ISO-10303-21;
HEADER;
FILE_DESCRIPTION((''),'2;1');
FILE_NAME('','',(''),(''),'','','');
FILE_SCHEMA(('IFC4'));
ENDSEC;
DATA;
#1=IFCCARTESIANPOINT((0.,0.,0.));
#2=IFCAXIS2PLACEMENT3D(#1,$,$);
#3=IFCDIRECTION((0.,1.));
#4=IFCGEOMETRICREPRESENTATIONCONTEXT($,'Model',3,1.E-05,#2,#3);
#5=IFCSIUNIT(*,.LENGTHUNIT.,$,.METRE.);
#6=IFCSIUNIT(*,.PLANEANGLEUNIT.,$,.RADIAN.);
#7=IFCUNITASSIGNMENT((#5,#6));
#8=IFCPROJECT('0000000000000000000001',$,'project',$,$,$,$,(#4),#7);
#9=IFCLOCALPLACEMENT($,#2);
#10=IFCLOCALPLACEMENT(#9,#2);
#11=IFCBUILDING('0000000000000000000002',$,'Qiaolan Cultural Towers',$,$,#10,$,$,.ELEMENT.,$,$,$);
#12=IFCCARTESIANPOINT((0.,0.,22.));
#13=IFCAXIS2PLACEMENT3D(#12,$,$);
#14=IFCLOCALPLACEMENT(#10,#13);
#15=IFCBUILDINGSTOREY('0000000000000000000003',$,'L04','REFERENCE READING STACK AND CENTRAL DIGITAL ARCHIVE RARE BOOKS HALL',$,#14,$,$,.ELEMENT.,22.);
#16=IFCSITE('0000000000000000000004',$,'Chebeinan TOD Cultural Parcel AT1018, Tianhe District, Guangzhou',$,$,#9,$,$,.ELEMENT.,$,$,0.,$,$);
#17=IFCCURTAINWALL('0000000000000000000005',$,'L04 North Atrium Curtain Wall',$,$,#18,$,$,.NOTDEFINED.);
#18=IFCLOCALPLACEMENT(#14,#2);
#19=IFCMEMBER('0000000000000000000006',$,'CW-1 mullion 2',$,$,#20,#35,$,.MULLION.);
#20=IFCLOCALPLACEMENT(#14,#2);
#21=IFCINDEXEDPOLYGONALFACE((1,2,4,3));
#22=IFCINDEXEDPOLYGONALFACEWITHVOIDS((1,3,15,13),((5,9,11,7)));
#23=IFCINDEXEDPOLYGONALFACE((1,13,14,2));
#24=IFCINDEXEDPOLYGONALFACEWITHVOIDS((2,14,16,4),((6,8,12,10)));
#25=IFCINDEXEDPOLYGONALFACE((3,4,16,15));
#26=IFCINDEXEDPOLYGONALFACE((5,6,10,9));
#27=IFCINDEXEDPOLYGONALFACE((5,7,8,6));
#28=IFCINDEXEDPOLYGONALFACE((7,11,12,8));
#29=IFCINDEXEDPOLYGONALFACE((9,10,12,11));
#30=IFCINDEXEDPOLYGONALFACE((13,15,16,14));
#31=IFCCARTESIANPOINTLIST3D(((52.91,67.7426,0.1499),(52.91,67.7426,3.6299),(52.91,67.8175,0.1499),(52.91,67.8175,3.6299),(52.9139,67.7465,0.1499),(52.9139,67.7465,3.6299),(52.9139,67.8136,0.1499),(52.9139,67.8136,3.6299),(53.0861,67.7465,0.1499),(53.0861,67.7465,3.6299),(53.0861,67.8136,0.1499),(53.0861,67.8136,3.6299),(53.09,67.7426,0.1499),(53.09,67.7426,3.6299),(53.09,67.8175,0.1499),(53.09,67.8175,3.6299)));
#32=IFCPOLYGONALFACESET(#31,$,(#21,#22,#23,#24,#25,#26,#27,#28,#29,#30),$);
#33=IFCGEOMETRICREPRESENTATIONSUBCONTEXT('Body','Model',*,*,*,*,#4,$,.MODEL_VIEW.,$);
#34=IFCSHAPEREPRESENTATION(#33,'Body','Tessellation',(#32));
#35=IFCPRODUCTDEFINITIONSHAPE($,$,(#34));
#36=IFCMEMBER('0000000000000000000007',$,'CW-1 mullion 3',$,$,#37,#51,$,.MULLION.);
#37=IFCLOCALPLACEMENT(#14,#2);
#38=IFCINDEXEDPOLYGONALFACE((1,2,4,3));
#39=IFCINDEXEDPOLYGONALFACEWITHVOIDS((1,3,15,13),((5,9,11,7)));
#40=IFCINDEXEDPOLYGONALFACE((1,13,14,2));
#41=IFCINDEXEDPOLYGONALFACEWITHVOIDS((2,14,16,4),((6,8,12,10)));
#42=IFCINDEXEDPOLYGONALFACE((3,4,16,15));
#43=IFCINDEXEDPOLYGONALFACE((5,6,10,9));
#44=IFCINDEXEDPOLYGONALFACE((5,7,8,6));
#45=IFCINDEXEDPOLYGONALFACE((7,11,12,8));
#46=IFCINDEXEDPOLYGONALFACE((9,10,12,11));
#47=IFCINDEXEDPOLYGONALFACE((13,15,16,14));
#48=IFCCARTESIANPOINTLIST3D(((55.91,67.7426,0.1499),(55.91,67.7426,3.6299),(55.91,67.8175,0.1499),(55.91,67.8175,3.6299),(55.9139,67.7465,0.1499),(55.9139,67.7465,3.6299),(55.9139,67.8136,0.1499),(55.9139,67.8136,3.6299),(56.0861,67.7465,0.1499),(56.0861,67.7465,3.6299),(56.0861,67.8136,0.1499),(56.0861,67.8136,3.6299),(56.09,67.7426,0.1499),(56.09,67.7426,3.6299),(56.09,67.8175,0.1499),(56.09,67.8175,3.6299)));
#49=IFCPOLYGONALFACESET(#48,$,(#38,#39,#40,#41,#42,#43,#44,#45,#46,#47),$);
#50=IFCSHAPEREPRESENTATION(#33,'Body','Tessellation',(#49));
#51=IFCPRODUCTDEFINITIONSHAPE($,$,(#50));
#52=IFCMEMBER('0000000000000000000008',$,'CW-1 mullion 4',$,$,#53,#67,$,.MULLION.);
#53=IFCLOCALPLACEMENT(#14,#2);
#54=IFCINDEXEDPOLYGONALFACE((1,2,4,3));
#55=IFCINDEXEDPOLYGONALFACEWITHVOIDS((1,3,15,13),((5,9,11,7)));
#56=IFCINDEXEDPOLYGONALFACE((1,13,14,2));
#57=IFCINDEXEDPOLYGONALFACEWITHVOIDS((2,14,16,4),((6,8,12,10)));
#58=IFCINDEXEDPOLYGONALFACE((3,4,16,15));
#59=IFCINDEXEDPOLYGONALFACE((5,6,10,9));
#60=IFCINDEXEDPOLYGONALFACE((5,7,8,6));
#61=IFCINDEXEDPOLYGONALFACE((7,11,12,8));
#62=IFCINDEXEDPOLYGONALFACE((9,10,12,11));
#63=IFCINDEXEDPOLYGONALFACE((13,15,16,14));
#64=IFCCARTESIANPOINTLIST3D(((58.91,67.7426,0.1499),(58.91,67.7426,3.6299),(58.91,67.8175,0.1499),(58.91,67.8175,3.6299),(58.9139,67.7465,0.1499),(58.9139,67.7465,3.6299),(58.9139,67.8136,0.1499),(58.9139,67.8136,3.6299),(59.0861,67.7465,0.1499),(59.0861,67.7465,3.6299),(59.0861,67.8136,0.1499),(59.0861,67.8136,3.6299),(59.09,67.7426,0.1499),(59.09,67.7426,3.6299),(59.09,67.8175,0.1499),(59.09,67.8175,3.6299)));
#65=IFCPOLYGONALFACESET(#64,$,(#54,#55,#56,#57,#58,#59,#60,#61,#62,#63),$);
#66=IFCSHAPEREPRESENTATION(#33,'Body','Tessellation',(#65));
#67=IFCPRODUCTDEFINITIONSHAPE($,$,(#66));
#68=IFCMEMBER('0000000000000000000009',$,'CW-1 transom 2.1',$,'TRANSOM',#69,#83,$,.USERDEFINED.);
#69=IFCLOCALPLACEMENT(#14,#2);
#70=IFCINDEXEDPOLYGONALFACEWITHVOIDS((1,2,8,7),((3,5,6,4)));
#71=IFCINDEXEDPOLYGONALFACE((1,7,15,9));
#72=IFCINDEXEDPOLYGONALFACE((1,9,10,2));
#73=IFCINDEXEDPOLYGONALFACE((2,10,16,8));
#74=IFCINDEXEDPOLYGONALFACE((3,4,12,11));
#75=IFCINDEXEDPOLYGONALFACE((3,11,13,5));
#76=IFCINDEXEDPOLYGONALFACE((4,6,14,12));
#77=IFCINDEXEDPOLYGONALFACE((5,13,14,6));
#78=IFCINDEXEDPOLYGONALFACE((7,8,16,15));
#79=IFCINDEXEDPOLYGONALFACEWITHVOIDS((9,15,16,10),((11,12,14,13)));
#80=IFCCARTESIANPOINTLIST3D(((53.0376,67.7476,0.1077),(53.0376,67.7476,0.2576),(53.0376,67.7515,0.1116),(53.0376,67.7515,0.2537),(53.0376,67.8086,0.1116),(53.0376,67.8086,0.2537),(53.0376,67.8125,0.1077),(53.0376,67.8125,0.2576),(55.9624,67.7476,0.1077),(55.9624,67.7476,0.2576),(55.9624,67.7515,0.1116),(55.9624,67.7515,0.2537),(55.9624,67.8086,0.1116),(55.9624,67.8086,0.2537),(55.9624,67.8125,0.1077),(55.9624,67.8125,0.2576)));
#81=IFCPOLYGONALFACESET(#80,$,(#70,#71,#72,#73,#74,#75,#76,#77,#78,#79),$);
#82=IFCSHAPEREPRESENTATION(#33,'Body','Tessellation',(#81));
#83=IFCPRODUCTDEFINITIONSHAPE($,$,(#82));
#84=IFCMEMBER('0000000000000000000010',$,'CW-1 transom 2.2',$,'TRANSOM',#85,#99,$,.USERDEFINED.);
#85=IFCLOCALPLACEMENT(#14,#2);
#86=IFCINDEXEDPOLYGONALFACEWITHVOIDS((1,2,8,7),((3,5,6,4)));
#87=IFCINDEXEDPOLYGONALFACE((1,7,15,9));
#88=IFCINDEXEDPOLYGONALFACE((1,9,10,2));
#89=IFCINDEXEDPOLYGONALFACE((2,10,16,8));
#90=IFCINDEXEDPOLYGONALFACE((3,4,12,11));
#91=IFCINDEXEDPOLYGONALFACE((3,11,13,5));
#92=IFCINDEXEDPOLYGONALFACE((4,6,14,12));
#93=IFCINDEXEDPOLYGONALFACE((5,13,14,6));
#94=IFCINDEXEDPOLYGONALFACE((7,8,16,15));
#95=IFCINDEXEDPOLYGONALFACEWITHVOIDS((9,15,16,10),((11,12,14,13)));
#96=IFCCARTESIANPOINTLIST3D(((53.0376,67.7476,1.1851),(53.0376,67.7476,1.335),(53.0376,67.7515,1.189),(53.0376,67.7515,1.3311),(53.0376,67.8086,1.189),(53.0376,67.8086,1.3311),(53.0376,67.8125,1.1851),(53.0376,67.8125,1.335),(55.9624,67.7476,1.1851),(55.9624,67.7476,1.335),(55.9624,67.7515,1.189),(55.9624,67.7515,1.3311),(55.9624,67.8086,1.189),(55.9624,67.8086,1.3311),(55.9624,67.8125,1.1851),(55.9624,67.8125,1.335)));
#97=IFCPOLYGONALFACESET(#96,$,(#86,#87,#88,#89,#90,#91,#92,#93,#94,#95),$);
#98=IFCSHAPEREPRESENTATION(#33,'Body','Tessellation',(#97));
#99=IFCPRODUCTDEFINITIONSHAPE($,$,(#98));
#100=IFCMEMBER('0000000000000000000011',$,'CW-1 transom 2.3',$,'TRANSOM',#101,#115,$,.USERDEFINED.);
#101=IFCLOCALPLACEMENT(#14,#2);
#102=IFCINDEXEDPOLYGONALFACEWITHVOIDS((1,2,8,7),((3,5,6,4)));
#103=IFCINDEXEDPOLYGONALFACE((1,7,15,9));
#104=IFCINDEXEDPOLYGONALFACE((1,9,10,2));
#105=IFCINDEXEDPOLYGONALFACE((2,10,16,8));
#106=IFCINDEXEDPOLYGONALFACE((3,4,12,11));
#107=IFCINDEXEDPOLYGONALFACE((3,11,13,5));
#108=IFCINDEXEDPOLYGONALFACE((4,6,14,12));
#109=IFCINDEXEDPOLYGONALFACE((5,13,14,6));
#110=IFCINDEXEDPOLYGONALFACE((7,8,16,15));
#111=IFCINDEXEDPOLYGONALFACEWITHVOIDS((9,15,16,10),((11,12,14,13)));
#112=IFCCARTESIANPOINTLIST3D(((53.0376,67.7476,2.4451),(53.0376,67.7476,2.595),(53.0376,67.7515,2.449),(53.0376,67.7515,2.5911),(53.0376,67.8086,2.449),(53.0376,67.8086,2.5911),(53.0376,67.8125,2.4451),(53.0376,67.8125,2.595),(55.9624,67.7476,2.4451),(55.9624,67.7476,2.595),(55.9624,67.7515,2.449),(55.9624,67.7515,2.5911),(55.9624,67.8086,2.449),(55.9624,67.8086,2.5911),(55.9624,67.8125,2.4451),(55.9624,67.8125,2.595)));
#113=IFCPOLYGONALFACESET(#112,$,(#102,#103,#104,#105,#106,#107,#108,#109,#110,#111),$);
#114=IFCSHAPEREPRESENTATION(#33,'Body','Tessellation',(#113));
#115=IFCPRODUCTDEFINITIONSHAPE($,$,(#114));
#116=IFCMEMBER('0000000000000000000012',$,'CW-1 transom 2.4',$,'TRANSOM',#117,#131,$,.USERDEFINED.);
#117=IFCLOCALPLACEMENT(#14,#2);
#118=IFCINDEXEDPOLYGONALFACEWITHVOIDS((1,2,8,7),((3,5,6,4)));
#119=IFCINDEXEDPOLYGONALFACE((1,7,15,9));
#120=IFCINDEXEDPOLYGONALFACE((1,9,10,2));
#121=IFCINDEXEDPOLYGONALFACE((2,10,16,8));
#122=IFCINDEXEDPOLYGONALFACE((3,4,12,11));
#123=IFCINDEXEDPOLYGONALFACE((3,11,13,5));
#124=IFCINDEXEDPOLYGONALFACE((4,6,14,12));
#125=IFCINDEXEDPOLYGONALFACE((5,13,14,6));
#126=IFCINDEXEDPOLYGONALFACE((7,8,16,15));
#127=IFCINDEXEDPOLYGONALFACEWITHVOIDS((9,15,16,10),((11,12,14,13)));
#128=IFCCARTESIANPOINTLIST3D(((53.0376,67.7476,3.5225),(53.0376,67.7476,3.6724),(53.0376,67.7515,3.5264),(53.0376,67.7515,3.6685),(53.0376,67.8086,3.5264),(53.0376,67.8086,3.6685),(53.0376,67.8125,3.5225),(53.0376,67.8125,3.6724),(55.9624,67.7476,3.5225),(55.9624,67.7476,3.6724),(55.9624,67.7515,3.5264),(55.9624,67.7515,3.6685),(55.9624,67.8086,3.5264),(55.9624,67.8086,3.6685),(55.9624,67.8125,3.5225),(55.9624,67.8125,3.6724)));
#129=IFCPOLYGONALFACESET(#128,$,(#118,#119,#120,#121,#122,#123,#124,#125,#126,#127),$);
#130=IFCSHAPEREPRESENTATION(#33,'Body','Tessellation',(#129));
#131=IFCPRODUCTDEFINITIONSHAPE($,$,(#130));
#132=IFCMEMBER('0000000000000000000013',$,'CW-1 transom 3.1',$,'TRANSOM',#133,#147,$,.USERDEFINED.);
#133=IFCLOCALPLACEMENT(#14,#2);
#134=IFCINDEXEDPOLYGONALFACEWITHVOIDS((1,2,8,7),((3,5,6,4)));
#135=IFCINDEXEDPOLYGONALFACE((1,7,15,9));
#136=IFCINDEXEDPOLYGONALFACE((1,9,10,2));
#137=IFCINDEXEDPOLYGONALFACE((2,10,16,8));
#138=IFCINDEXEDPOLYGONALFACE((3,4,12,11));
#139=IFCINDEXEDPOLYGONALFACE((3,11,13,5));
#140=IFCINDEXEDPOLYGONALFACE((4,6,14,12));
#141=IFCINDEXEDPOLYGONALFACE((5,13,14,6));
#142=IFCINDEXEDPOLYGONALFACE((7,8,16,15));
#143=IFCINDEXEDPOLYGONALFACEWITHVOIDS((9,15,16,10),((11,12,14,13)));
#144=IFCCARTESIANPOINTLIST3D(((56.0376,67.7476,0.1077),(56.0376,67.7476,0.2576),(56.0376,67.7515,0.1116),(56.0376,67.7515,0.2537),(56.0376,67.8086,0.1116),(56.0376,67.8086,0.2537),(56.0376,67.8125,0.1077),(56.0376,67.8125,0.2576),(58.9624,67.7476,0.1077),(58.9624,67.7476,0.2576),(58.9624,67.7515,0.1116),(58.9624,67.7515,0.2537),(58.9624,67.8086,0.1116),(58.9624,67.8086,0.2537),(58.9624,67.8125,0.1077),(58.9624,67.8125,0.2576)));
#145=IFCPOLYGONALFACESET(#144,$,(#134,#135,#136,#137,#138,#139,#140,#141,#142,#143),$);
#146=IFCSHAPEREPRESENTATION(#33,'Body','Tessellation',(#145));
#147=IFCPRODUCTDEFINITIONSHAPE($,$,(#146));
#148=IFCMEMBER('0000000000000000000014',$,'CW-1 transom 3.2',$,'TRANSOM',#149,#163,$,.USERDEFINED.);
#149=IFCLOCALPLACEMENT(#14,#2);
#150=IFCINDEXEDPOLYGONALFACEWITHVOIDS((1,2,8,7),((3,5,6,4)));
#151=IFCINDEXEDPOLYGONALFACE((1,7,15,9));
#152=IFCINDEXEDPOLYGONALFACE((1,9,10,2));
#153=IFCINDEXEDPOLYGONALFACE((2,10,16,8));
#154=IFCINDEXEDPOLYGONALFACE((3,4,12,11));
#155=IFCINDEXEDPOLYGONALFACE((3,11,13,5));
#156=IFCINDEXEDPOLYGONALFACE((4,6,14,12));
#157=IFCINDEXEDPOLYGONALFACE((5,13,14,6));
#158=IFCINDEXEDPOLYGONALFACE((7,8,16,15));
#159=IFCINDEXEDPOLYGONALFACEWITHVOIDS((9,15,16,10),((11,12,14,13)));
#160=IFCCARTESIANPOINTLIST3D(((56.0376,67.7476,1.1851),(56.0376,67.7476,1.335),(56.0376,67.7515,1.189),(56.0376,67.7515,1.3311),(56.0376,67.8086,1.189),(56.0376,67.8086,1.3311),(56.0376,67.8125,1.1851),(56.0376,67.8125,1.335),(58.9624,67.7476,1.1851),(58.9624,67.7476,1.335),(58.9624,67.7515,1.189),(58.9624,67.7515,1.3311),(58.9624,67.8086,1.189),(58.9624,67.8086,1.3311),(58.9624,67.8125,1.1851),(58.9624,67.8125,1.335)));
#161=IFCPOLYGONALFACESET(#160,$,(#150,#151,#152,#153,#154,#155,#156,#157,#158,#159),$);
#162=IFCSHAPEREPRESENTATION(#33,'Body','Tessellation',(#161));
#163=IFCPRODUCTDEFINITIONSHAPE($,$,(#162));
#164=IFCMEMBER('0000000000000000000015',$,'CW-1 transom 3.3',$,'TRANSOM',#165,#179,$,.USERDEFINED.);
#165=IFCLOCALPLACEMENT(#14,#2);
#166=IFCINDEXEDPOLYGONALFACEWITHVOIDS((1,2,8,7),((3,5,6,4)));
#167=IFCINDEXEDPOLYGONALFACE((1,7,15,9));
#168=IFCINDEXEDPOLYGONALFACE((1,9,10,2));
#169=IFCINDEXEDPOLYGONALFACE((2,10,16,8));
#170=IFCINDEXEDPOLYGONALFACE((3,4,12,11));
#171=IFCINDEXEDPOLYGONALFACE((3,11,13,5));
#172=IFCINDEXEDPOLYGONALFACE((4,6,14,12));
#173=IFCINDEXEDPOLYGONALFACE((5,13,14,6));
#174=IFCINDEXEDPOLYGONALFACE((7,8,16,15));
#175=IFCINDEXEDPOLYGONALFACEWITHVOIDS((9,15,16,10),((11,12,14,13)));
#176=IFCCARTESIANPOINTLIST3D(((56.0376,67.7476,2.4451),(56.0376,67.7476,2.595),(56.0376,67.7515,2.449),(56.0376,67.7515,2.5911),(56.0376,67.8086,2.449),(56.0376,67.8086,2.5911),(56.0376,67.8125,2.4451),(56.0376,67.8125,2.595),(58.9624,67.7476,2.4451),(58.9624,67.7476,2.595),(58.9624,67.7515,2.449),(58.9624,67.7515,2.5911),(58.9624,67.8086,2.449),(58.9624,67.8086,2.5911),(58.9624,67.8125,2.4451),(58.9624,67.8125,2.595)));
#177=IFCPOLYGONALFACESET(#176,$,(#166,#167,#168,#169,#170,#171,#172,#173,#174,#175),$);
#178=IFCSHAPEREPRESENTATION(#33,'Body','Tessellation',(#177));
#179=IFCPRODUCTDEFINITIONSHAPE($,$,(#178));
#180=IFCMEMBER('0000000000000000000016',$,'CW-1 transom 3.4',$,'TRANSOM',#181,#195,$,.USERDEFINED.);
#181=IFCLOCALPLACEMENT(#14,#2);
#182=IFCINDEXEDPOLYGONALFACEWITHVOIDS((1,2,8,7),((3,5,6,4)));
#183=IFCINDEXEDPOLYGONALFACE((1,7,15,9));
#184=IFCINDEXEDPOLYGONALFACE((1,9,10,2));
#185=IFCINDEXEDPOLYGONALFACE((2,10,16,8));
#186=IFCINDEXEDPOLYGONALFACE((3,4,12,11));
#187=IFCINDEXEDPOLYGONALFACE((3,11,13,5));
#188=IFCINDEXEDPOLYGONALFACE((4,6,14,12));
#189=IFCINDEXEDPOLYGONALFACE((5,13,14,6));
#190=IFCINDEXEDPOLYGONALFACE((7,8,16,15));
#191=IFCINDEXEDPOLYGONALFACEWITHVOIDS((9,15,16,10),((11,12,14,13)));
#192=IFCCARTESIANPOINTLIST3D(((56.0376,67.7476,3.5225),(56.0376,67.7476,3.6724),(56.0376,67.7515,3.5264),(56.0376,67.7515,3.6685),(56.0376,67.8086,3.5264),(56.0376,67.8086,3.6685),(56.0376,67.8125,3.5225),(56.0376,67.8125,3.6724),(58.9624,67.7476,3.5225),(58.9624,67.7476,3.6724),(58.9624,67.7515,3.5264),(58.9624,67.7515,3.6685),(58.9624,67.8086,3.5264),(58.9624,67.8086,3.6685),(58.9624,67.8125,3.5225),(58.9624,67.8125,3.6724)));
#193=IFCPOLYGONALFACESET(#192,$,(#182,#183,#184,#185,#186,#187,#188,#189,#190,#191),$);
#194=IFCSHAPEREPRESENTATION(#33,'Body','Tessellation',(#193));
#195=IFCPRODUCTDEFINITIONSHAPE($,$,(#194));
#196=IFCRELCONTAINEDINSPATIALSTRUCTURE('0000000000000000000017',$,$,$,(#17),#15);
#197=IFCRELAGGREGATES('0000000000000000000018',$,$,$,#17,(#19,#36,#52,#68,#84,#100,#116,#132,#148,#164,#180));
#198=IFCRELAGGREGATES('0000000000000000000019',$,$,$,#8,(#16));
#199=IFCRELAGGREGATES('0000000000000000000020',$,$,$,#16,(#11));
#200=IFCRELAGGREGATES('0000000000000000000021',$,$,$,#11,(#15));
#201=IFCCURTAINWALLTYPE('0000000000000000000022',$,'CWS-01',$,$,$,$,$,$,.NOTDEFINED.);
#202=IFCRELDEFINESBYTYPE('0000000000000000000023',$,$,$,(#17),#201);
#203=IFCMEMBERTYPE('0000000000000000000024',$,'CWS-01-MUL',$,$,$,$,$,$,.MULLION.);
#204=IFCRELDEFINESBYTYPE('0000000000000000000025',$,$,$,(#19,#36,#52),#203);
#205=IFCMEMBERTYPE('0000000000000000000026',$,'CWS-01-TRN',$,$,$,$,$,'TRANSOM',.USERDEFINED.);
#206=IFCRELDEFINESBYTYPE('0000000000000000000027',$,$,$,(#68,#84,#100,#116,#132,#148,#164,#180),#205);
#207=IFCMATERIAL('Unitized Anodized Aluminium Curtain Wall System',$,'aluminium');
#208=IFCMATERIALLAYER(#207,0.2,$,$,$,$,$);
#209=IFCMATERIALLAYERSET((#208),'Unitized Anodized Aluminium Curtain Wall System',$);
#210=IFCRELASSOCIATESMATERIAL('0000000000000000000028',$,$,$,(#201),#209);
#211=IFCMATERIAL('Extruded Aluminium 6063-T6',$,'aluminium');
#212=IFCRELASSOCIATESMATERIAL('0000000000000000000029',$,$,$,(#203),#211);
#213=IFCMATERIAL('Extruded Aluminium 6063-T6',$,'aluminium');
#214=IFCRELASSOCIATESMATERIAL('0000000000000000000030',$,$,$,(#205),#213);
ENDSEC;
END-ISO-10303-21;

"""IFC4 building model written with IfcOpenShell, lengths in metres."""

from ifc_helpers import new_model, si_unit, direction, frame, origin, origin_2d, place, context, subcontext, project, spatial, hollow_rectangle, extrude, material, layer, layer_set, material_profile, profile_set, type_object, element, aggregate, save


model = new_model("IFC4")

# Units and contexts
model_context = context("Model", 3, precision=1e-05, world=origin(), true_north=direction((0.0, 1.0)))
body_context = subcontext(model_context, "Body", "Model", "MODEL_VIEW")
ifc_project = project(units=[si_unit("LENGTHUNIT", "METRE"), si_unit("PLANEANGLEUNIT", "RADIAN")], contexts=[model_context])

# Site, building, storey
site_placement = place(None, origin())
site = spatial("IfcSite", under=ifc_project, at=site_placement, Name="Chebeinan TOD Cultural Parcel AT1018, Tianhe District, Guangzhou", CompositionType="ELEMENT", RefElevation=0.0)
building_placement = place(site_placement, origin())
building = spatial("IfcBuilding", under=site, at=building_placement, Name="Qiaolan Cultural Towers", CompositionType="ELEMENT")
storey_placement = place(building_placement, frame((0.0, 0.0, 22.0)))
storey = spatial("IfcBuildingStorey", under=building, at=storey_placement, Name="L04", Description="REFERENCE READING STACK AND CENTRAL DIGITAL ARCHIVE RARE BOOKS HALL", CompositionType="ELEMENT", Elevation=22.0)

# Curtain wall, members
ifc_material_1 = material(Name="Unitized Anodized Aluminium Curtain Wall System", Category="aluminium")
ifc_layer_1 = layer(ifc_material_1, 0.2)
ifc_layer_set_1 = layer_set([ifc_layer_1], Name="Unitized Anodized Aluminium Curtain Wall System")
curtain_wall_type = type_object("IfcCurtainWallType", Name="CWS-01", PredefinedType="NOTDEFINED", material=ifc_layer_set_1)
curtain_wall_placement = place(storey_placement, origin())
curtain_wall = element("IfcCurtainWall", 1, at=curtain_wall_placement, inside=storey, type_object=curtain_wall_type, Name="L04 North Atrium Curtain Wall", PredefinedType="NOTDEFINED")
ifc_material_2 = material(Name="Extruded Aluminium 6063-T6", Category="aluminium")
ifc_material_profile_1 = material_profile(ifc_material_2, hollow_rectangle(XDim=0.075, YDim=0.1799, WallThickness=0.0039, at=origin_2d()), Name="CWM-180x75x4")
ifc_profile_set_1 = profile_set([ifc_material_profile_1], Name="Extruded Aluminium 6063-T6")
member_type_1 = type_object("IfcMemberType", Name="CWS-01-MUL", PredefinedType="MULLION", material=ifc_profile_set_1)
member_1_placement = place(storey_placement, frame((53.0, 67.78, 0.1499), z_axis=(0.0, 0.0, 1.0), x_axis=(0.0, 1.0, 0.0)))
member_1 = element("IfcMember", 2, at=member_1_placement, type_object=member_type_1, Name="CW-1 mullion 2", PredefinedType="MULLION", context=body_context, shape_type="SweptSolid", body=[
    extrude(hollow_rectangle(XDim=0.075, YDim=0.1799, WallThickness=0.0039, at=origin_2d()), origin(), (0.0, 0.0, 1.0), 3.48),
])
member_2_placement = place(storey_placement, frame((56.0, 67.78, 0.1499), z_axis=(0.0, 0.0, 1.0), x_axis=(0.0, 1.0, 0.0)))
member_2 = element("IfcMember", 3, at=member_2_placement, type_object=member_type_1, Name="CW-1 mullion 3", PredefinedType="MULLION", context=body_context, shape_type="SweptSolid", body=[
    extrude(hollow_rectangle(XDim=0.075, YDim=0.1799, WallThickness=0.0039, at=origin_2d()), origin(), (0.0, 0.0, 1.0), 3.48),
])
member_3_placement = place(storey_placement, frame((59.0, 67.78, 0.1499), z_axis=(0.0, 0.0, 1.0), x_axis=(0.0, 1.0, 0.0)))
member_3 = element("IfcMember", 4, at=member_3_placement, type_object=member_type_1, Name="CW-1 mullion 4", PredefinedType="MULLION", context=body_context, shape_type="SweptSolid", body=[
    extrude(hollow_rectangle(XDim=0.075, YDim=0.1799, WallThickness=0.0039, at=origin_2d()), origin(), (0.0, 0.0, 1.0), 3.48),
])
ifc_material_3 = material(Name="Extruded Aluminium 6063-T6", Category="aluminium")
ifc_material_profile_2 = material_profile(ifc_material_3, hollow_rectangle(XDim=0.0649, YDim=0.1499, WallThickness=0.0039, at=origin_2d()), Name="CWT-150x65x4")
ifc_profile_set_2 = profile_set([ifc_material_profile_2], Name="Extruded Aluminium 6063-T6")
member_type_2 = type_object("IfcMemberType", Name="CWS-01-TRN", ElementType="TRANSOM", PredefinedType="USERDEFINED", material=ifc_profile_set_2)
member_4_placement = place(storey_placement, frame((53.0376, 67.78, 0.1826), z_axis=(1.0, 0.0, 0.0), x_axis=(0.0, 1.0, 0.0)))
member_4 = element("IfcMember", 5, at=member_4_placement, type_object=member_type_2, Name="CW-1 transom 2.1", ObjectType="TRANSOM", PredefinedType="USERDEFINED", context=body_context, shape_type="SweptSolid", body=[
    extrude(hollow_rectangle(XDim=0.0649, YDim=0.1499, WallThickness=0.0039, at=origin_2d()), origin(), (0.0, 0.0, 1.0), 2.9248),
])
member_5_placement = place(storey_placement, frame((53.0376, 67.78, 1.26), z_axis=(1.0, 0.0, 0.0), x_axis=(0.0, 1.0, 0.0)))
member_5 = element("IfcMember", 6, at=member_5_placement, type_object=member_type_2, Name="CW-1 transom 2.2", ObjectType="TRANSOM", PredefinedType="USERDEFINED", context=body_context, shape_type="SweptSolid", body=[
    extrude(hollow_rectangle(XDim=0.0649, YDim=0.1499, WallThickness=0.0039, at=origin_2d()), origin(), (0.0, 0.0, 1.0), 2.9248),
])
member_6_placement = place(storey_placement, frame((53.0376, 67.78, 2.52), z_axis=(1.0, 0.0, 0.0), x_axis=(0.0, 1.0, 0.0)))
member_6 = element("IfcMember", 7, at=member_6_placement, type_object=member_type_2, Name="CW-1 transom 2.3", ObjectType="TRANSOM", PredefinedType="USERDEFINED", context=body_context, shape_type="SweptSolid", body=[
    extrude(hollow_rectangle(XDim=0.0649, YDim=0.1499, WallThickness=0.0039, at=origin_2d()), origin(), (0.0, 0.0, 1.0), 2.9248),
])
member_7_placement = place(storey_placement, frame((53.0376, 67.78, 3.5974), z_axis=(1.0, 0.0, 0.0), x_axis=(0.0, 1.0, 0.0)))
member_7 = element("IfcMember", 8, at=member_7_placement, type_object=member_type_2, Name="CW-1 transom 2.4", ObjectType="TRANSOM", PredefinedType="USERDEFINED", context=body_context, shape_type="SweptSolid", body=[
    extrude(hollow_rectangle(XDim=0.0649, YDim=0.1499, WallThickness=0.0039, at=origin_2d()), origin(), (0.0, 0.0, 1.0), 2.9248),
])
member_8_placement = place(storey_placement, frame((56.0376, 67.78, 0.1826), z_axis=(1.0, 0.0, 0.0), x_axis=(0.0, 1.0, 0.0)))
member_8 = element("IfcMember", 9, at=member_8_placement, type_object=member_type_2, Name="CW-1 transom 3.1", ObjectType="TRANSOM", PredefinedType="USERDEFINED", context=body_context, shape_type="SweptSolid", body=[
    extrude(hollow_rectangle(XDim=0.0649, YDim=0.1499, WallThickness=0.0039, at=origin_2d()), origin(), (0.0, 0.0, 1.0), 2.9248),
])
member_9_placement = place(storey_placement, frame((56.0376, 67.78, 1.26), z_axis=(1.0, 0.0, 0.0), x_axis=(0.0, 1.0, 0.0)))
member_9 = element("IfcMember", 10, at=member_9_placement, type_object=member_type_2, Name="CW-1 transom 3.2", ObjectType="TRANSOM", PredefinedType="USERDEFINED", context=body_context, shape_type="SweptSolid", body=[
    extrude(hollow_rectangle(XDim=0.0649, YDim=0.1499, WallThickness=0.0039, at=origin_2d()), origin(), (0.0, 0.0, 1.0), 2.9248),
])
member_10_placement = place(storey_placement, frame((56.0376, 67.78, 2.52), z_axis=(1.0, 0.0, 0.0), x_axis=(0.0, 1.0, 0.0)))
member_10 = element("IfcMember", 11, at=member_10_placement, type_object=member_type_2, Name="CW-1 transom 3.3", ObjectType="TRANSOM", PredefinedType="USERDEFINED", context=body_context, shape_type="SweptSolid", body=[
    extrude(hollow_rectangle(XDim=0.0649, YDim=0.1499, WallThickness=0.0039, at=origin_2d()), origin(), (0.0, 0.0, 1.0), 2.9248),
])
member_11_placement = place(storey_placement, frame((56.0376, 67.78, 3.5974), z_axis=(1.0, 0.0, 0.0), x_axis=(0.0, 1.0, 0.0)))
member_11 = element("IfcMember", 12, at=member_11_placement, type_object=member_type_2, Name="CW-1 transom 3.4", ObjectType="TRANSOM", PredefinedType="USERDEFINED", context=body_context, shape_type="SweptSolid", body=[
    extrude(hollow_rectangle(XDim=0.0649, YDim=0.1499, WallThickness=0.0039, at=origin_2d()), origin(), (0.0, 0.0, 1.0), 2.9248),
])
aggregate(curtain_wall, [member_1, member_2, member_3, member_4, member_5, member_6, member_7, member_8, member_9, member_10, member_11])

save(model, "model.ifc")
